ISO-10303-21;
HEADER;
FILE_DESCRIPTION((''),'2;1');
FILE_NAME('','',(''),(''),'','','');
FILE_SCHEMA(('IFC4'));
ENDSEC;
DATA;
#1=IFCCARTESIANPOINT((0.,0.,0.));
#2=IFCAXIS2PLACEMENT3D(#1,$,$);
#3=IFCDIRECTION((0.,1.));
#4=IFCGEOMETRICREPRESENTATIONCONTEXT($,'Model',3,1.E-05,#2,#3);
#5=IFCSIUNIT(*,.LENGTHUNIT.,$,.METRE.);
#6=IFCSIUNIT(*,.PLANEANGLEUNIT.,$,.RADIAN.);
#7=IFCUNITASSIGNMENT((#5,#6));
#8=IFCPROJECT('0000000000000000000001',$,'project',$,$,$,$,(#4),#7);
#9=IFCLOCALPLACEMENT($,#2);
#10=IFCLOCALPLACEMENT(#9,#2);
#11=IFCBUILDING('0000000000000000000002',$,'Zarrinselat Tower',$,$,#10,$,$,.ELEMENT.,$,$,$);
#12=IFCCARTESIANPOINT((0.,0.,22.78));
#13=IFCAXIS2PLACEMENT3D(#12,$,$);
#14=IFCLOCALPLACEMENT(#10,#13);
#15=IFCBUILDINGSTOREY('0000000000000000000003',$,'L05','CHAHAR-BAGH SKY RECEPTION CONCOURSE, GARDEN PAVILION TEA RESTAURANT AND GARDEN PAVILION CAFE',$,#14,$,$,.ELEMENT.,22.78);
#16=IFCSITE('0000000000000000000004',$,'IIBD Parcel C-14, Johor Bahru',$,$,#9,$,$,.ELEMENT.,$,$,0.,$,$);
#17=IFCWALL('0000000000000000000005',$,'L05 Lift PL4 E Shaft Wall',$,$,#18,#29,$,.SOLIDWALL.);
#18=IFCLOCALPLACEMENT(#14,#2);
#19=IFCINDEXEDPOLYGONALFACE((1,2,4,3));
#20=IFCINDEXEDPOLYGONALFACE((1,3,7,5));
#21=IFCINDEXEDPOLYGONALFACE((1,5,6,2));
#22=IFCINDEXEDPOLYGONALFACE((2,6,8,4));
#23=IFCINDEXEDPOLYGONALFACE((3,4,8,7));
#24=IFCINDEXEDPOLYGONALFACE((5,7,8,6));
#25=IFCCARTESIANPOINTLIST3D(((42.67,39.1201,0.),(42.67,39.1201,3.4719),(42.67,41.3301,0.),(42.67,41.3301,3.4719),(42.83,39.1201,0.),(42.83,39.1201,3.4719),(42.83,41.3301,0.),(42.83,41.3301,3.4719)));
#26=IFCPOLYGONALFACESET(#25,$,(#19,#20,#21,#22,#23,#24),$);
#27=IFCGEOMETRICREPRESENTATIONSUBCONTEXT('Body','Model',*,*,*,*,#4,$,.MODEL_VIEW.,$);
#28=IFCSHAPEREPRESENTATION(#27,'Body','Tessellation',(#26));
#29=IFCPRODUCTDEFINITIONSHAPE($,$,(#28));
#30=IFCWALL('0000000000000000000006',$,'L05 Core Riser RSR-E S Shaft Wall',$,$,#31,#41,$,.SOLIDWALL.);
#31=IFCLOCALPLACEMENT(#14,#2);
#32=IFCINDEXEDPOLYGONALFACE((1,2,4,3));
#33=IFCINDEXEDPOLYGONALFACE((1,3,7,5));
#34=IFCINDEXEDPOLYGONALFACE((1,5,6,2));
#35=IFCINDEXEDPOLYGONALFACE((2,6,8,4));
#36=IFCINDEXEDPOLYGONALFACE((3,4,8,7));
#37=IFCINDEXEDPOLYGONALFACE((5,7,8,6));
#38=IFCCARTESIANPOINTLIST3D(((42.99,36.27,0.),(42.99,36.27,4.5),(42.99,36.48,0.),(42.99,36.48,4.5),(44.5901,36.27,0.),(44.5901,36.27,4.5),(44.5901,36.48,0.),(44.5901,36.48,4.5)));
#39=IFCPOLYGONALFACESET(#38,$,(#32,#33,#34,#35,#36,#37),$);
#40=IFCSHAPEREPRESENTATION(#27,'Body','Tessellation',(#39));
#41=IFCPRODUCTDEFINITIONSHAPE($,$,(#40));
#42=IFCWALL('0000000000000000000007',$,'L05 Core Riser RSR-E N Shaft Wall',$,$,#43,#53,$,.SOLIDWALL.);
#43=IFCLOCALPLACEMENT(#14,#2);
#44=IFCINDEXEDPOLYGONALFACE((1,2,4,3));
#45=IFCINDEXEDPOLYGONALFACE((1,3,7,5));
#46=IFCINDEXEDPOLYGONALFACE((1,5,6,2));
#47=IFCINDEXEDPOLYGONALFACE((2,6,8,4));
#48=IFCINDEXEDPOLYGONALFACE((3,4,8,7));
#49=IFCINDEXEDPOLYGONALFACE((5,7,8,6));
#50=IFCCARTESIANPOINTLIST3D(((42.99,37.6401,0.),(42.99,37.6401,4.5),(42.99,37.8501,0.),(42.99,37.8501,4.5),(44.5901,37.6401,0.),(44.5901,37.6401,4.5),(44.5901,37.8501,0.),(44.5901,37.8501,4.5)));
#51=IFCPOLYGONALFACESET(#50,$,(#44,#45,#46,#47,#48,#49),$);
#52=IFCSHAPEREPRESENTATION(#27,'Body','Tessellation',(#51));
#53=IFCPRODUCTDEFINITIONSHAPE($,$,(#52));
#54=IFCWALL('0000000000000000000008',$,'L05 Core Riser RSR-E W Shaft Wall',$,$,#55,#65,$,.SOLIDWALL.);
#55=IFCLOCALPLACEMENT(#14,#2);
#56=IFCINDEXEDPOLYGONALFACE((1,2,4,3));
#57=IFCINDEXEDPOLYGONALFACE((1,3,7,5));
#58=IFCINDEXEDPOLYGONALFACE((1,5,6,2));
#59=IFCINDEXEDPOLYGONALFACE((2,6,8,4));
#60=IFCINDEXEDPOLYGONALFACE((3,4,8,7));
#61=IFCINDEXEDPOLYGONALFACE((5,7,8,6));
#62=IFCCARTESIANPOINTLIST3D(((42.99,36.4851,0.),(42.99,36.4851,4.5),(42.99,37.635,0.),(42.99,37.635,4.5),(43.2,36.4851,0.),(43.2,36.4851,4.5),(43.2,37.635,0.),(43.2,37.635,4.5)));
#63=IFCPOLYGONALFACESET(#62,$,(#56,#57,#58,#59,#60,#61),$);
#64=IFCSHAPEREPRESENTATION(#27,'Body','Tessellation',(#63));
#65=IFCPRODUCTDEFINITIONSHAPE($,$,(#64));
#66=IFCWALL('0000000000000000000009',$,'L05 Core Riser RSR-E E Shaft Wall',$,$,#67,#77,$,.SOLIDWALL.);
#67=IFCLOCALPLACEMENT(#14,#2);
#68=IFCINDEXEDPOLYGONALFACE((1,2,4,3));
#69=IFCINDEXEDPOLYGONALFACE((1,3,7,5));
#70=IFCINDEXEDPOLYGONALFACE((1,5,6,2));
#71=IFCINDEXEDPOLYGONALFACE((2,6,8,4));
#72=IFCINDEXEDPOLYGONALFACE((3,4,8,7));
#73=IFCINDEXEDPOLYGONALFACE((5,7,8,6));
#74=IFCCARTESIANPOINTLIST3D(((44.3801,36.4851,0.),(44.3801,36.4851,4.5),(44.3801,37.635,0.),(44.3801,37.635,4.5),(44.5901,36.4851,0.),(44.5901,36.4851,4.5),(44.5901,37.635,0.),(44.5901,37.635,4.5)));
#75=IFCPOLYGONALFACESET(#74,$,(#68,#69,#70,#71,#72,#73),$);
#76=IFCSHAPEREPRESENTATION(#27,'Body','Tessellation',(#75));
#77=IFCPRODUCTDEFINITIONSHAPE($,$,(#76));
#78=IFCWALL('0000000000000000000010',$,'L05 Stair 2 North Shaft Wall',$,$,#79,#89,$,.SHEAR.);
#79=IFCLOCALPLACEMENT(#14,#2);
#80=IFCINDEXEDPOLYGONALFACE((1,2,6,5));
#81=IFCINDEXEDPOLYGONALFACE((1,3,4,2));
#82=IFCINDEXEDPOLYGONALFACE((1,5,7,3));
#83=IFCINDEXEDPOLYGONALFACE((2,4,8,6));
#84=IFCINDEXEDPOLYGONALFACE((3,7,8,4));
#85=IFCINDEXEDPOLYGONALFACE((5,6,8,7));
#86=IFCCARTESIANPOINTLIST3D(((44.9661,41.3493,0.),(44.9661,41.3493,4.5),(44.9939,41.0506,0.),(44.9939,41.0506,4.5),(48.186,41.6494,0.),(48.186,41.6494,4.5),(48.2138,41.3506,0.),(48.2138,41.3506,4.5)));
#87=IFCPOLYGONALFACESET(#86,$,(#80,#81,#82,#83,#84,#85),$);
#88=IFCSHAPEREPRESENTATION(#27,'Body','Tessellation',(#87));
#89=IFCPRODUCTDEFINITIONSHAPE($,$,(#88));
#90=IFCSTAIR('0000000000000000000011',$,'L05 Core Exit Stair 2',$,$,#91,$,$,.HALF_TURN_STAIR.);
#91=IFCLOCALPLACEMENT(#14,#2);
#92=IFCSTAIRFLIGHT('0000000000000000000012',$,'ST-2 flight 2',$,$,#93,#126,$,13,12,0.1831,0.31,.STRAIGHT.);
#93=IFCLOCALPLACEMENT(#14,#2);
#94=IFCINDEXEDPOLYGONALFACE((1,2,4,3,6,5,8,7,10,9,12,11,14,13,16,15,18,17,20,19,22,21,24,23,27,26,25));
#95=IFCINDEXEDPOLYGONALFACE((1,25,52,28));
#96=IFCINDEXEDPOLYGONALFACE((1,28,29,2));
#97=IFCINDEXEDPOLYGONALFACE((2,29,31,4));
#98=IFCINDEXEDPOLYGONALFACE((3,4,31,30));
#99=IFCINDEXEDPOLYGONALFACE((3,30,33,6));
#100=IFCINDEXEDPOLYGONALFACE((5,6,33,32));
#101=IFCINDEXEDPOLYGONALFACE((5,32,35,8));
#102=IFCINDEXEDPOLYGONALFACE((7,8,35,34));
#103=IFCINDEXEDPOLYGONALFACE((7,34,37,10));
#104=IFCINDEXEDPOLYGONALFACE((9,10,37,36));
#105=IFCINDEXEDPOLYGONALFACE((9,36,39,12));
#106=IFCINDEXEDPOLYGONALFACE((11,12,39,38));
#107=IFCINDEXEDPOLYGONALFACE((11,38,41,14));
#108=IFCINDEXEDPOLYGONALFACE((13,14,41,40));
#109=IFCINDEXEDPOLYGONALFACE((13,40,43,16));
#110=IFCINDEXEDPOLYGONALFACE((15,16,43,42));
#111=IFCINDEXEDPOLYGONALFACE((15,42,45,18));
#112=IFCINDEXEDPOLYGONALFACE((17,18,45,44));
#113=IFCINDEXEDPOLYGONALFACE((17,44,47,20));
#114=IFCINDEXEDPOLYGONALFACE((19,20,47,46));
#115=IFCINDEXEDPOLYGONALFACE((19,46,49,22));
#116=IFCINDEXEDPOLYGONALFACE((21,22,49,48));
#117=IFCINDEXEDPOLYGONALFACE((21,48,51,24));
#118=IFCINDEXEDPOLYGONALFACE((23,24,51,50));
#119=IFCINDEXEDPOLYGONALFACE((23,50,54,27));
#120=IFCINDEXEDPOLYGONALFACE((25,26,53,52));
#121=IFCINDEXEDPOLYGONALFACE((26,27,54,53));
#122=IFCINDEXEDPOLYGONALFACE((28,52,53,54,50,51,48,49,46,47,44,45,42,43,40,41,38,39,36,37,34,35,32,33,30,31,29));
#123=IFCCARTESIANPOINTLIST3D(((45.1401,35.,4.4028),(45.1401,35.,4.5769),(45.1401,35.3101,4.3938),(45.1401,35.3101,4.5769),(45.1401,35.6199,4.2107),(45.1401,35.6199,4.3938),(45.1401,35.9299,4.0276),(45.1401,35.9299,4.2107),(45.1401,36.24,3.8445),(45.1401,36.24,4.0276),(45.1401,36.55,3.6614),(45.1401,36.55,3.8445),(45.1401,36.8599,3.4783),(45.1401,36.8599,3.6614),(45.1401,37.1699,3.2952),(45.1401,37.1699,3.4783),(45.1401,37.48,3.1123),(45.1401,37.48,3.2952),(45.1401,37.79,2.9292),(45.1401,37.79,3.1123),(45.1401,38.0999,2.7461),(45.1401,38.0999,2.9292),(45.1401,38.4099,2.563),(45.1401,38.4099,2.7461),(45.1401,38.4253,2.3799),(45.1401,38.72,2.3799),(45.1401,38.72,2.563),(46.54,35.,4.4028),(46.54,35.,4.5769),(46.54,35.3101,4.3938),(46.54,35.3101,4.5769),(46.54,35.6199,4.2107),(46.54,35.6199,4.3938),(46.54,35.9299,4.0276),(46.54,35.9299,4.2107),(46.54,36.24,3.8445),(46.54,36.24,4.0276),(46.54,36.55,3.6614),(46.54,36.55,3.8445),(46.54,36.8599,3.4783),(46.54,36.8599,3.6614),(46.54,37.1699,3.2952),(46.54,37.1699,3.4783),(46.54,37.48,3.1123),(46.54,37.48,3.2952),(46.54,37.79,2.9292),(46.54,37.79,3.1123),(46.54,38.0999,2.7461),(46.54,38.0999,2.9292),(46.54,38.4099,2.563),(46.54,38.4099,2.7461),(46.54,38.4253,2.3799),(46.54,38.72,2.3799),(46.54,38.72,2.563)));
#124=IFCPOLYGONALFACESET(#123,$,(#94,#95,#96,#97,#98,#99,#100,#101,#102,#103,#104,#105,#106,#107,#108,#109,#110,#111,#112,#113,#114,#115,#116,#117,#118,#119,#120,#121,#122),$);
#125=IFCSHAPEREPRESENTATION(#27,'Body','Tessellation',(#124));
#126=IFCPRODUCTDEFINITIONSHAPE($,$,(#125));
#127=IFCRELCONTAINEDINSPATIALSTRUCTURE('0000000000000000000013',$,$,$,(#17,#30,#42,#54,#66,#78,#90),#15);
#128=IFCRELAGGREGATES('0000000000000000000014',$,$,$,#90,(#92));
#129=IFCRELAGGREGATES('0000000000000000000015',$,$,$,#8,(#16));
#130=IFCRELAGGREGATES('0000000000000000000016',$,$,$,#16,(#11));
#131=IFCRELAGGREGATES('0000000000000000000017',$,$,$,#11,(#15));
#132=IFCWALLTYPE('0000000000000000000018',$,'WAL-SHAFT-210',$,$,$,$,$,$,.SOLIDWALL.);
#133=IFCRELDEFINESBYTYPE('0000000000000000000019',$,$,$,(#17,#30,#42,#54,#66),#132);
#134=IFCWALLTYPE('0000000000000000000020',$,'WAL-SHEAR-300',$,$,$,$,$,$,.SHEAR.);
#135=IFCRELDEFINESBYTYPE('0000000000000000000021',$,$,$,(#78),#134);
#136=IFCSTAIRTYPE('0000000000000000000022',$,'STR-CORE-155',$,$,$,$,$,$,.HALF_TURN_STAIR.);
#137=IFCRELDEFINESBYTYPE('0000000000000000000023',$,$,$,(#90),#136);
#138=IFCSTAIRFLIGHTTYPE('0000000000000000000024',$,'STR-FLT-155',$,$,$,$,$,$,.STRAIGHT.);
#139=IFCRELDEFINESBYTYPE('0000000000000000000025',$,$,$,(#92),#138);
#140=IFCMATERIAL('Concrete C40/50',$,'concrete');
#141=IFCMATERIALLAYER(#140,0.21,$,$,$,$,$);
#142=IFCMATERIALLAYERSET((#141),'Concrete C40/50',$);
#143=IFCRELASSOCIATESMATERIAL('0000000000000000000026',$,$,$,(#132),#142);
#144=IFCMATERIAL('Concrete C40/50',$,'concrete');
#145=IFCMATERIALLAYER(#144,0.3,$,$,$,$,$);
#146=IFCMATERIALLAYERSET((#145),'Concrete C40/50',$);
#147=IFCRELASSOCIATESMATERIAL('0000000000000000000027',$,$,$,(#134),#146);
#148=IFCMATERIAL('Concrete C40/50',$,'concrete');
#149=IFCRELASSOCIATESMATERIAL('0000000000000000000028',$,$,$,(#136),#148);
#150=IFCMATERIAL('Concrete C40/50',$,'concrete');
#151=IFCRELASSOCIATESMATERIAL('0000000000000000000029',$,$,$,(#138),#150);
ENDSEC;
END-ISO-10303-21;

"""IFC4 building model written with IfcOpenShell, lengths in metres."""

from ifc_helpers import new_model, si_unit, direction, frame, frame_2d, origin, place, context, subcontext, project, spatial, polyline, rectangle, outline, extrude, material, layer, layer_set, type_object, element, aggregate, save


model = new_model("IFC4")

# Units and contexts
model_context = context("Model", 3, precision=1e-05, world=origin(), true_north=direction((0.0, 1.0)))
body_context = subcontext(model_context, "Body", "Model", "MODEL_VIEW")
ifc_project = project(units=[si_unit("LENGTHUNIT", "METRE"), si_unit("PLANEANGLEUNIT", "RADIAN")], contexts=[model_context])

# Site, building, storey
site_placement = place(None, origin())
site = spatial("IfcSite", under=ifc_project, at=site_placement, Name="IIBD Parcel C-14, Johor Bahru", CompositionType="ELEMENT", RefElevation=0.0)
building_placement = place(site_placement, origin())
building = spatial("IfcBuilding", under=site, at=building_placement, Name="Zarrinselat Tower", CompositionType="ELEMENT")
storey_placement = place(building_placement, frame((0.0, 0.0, 22.78)))
storey = spatial("IfcBuildingStorey", under=building, at=storey_placement, Name="L05", Description="CHAHAR-BAGH SKY RECEPTION CONCOURSE, GARDEN PAVILION TEA RESTAURANT AND GARDEN PAVILION CAFE", CompositionType="ELEMENT", Elevation=22.78)

# Shared definitions
ifc_material_1 = material(Name="Concrete C40/50", Category="concrete")
ifc_layer_1 = layer(ifc_material_1, 0.21)
ifc_layer_set_1 = layer_set([ifc_layer_1], Name="Concrete C40/50")
wall_type_1 = type_object("IfcWallType", Name="WAL-SHAFT-210", PredefinedType="SOLIDWALL", material=ifc_layer_set_1)

# Walls
wall_1_placement = place(storey_placement, frame((42.75, 39.1201, 0.0), z_axis=(0.0, 0.0, 1.0), x_axis=(0.0, 1.0, 0.0)))
element("IfcWall", 1, at=wall_1_placement, inside=storey, type_object=wall_type_1, Name="L05 Lift PL4 E Shaft Wall", PredefinedType="SOLIDWALL", context=body_context, shape_type="SweptSolid", body=[
    extrude(rectangle(XDim=2.21, YDim=0.1599, at=frame_2d((1.105, 0.0))), origin(), (0.0, 0.0, 1.0), 3.4719),
])
for number, where, z_axis, x_axis, name in (
    (2, (42.99, 36.375, 0.0), (0.0, 0.0, 1.0), (1.0, 0.0, 0.0), "L05 Core Riser RSR-E S Shaft Wall"),
    (3, (42.99, 37.7451, 0.0), (0.0, 0.0, 1.0), (1.0, 0.0, 0.0), "L05 Core Riser RSR-E N Shaft Wall"),
):
    element("IfcWall", number, at=place(storey_placement, frame(where, z_axis=z_axis, x_axis=x_axis)), inside=storey, type_object=wall_type_1, Name=name, PredefinedType="SOLIDWALL", context=body_context, shape_type="SweptSolid", body=[
        extrude(rectangle(XDim=1.6001, YDim=0.21, at=frame_2d((0.8, 0.0))), origin(), (0.0, 0.0, 1.0), 4.5),
    ])
for number, where, z_axis, x_axis, name in (
    (4, (43.095, 36.4851, 0.0), (0.0, 0.0, 1.0), (0.0, 1.0, 0.0), "L05 Core Riser RSR-E W Shaft Wall"),
    (5, (44.4851, 36.4851, 0.0), (0.0, 0.0, 1.0), (0.0, 1.0, 0.0), "L05 Core Riser RSR-E E Shaft Wall"),
):
    element("IfcWall", number, at=place(storey_placement, frame(where, z_axis=z_axis, x_axis=x_axis)), inside=storey, type_object=wall_type_1, Name=name, PredefinedType="SOLIDWALL", context=body_context, shape_type="SweptSolid", body=[
        extrude(rectangle(XDim=1.1499, YDim=0.21, at=frame_2d((0.575, 0.0))), origin(), (0.0, 0.0, 1.0), 4.5),
    ])
ifc_material_2 = material(Name="Concrete C40/50", Category="concrete")
ifc_layer_2 = layer(ifc_material_2, 0.3)
ifc_layer_set_2 = layer_set([ifc_layer_2], Name="Concrete C40/50")
wall_type_2 = type_object("IfcWallType", Name="WAL-SHEAR-300", PredefinedType="SHEAR", material=ifc_layer_set_2)
wall_2_placement = place(storey_placement, frame((44.98, 41.2, 0.0), z_axis=(0.0, 0.0, 1.0), x_axis=(0.995686, 0.092782, 0.0)))
element("IfcWall", 6, at=wall_2_placement, inside=storey, type_object=wall_type_2, Name="L05 Stair 2 North Shaft Wall", PredefinedType="SHEAR", context=body_context, shape_type="SweptSolid", body=[
    extrude(rectangle(XDim=3.2339, YDim=0.3, at=frame_2d((1.6169, 0.0))), origin(), (0.0, 0.0, 1.0), 4.5),
])

# Stair, stair flight
ifc_material_3 = material(Name="Concrete C40/50", Category="concrete")
stair_type = type_object("IfcStairType", Name="STR-CORE-155", PredefinedType="HALF_TURN_STAIR", material=ifc_material_3)
stair_placement = place(storey_placement, origin())
stair = element("IfcStair", 7, at=stair_placement, inside=storey, type_object=stair_type, Name="L05 Core Exit Stair 2", PredefinedType="HALF_TURN_STAIR")
ifc_material_4 = material(Name="Concrete C40/50", Category="concrete")
stair_flight_type = type_object("IfcStairFlightType", Name="STR-FLT-155", PredefinedType="STRAIGHT", material=ifc_material_4)
stair_flight_placement = place(storey_placement, frame((45.8401, 38.72, 2.3799), z_axis=(0.0, 0.0, 1.0), x_axis=(0.0, -1.0, 0.0)))
stair_flight = element("IfcStairFlight", 8, at=stair_flight_placement, type_object=stair_flight_type, Name="ST-2 flight 2", NumberOfRisers=13, NumberOfTreads=12, PredefinedType="STRAIGHT", RiserHeight=0.1831, TreadLength=0.31, context=body_context, shape_type="SweptSolid", body=[
    extrude(outline(polyline([(0.0, 0.0), (0.0, 0.1831), (0.3101, 0.1831), (0.3101, 0.3662), (0.6201, 0.3662), (0.6201, 0.5493), (0.9299, 0.5493), (0.9299, 0.7324), (1.24, 0.7324), (1.24, 0.9153), (1.55, 0.9153), (1.55, 1.0984), (1.8601, 1.0984), (1.8601, 1.2815), (2.1699, 1.2815), (2.1699, 1.4646), (2.48, 1.4646), (2.48, 1.6477), (2.79, 1.6477), (2.79, 1.8308), (3.1001, 1.8308), (3.1001, 2.0139), (3.4099, 2.0139), (3.4099, 2.197), (3.72, 2.197), (3.72, 2.3799), (3.72, 2.0229), (0.2947, 0.0), (0.0, 0.0)])), frame((0.0, 0.7, 0.0), z_axis=(0.0, -1.0, 0.0), x_axis=(1.0, 0.0, 0.0)), (0.0, 0.0, 1.0), 1.3999),
])
aggregate(stair, [stair_flight])

save(model, "model.ifc")
